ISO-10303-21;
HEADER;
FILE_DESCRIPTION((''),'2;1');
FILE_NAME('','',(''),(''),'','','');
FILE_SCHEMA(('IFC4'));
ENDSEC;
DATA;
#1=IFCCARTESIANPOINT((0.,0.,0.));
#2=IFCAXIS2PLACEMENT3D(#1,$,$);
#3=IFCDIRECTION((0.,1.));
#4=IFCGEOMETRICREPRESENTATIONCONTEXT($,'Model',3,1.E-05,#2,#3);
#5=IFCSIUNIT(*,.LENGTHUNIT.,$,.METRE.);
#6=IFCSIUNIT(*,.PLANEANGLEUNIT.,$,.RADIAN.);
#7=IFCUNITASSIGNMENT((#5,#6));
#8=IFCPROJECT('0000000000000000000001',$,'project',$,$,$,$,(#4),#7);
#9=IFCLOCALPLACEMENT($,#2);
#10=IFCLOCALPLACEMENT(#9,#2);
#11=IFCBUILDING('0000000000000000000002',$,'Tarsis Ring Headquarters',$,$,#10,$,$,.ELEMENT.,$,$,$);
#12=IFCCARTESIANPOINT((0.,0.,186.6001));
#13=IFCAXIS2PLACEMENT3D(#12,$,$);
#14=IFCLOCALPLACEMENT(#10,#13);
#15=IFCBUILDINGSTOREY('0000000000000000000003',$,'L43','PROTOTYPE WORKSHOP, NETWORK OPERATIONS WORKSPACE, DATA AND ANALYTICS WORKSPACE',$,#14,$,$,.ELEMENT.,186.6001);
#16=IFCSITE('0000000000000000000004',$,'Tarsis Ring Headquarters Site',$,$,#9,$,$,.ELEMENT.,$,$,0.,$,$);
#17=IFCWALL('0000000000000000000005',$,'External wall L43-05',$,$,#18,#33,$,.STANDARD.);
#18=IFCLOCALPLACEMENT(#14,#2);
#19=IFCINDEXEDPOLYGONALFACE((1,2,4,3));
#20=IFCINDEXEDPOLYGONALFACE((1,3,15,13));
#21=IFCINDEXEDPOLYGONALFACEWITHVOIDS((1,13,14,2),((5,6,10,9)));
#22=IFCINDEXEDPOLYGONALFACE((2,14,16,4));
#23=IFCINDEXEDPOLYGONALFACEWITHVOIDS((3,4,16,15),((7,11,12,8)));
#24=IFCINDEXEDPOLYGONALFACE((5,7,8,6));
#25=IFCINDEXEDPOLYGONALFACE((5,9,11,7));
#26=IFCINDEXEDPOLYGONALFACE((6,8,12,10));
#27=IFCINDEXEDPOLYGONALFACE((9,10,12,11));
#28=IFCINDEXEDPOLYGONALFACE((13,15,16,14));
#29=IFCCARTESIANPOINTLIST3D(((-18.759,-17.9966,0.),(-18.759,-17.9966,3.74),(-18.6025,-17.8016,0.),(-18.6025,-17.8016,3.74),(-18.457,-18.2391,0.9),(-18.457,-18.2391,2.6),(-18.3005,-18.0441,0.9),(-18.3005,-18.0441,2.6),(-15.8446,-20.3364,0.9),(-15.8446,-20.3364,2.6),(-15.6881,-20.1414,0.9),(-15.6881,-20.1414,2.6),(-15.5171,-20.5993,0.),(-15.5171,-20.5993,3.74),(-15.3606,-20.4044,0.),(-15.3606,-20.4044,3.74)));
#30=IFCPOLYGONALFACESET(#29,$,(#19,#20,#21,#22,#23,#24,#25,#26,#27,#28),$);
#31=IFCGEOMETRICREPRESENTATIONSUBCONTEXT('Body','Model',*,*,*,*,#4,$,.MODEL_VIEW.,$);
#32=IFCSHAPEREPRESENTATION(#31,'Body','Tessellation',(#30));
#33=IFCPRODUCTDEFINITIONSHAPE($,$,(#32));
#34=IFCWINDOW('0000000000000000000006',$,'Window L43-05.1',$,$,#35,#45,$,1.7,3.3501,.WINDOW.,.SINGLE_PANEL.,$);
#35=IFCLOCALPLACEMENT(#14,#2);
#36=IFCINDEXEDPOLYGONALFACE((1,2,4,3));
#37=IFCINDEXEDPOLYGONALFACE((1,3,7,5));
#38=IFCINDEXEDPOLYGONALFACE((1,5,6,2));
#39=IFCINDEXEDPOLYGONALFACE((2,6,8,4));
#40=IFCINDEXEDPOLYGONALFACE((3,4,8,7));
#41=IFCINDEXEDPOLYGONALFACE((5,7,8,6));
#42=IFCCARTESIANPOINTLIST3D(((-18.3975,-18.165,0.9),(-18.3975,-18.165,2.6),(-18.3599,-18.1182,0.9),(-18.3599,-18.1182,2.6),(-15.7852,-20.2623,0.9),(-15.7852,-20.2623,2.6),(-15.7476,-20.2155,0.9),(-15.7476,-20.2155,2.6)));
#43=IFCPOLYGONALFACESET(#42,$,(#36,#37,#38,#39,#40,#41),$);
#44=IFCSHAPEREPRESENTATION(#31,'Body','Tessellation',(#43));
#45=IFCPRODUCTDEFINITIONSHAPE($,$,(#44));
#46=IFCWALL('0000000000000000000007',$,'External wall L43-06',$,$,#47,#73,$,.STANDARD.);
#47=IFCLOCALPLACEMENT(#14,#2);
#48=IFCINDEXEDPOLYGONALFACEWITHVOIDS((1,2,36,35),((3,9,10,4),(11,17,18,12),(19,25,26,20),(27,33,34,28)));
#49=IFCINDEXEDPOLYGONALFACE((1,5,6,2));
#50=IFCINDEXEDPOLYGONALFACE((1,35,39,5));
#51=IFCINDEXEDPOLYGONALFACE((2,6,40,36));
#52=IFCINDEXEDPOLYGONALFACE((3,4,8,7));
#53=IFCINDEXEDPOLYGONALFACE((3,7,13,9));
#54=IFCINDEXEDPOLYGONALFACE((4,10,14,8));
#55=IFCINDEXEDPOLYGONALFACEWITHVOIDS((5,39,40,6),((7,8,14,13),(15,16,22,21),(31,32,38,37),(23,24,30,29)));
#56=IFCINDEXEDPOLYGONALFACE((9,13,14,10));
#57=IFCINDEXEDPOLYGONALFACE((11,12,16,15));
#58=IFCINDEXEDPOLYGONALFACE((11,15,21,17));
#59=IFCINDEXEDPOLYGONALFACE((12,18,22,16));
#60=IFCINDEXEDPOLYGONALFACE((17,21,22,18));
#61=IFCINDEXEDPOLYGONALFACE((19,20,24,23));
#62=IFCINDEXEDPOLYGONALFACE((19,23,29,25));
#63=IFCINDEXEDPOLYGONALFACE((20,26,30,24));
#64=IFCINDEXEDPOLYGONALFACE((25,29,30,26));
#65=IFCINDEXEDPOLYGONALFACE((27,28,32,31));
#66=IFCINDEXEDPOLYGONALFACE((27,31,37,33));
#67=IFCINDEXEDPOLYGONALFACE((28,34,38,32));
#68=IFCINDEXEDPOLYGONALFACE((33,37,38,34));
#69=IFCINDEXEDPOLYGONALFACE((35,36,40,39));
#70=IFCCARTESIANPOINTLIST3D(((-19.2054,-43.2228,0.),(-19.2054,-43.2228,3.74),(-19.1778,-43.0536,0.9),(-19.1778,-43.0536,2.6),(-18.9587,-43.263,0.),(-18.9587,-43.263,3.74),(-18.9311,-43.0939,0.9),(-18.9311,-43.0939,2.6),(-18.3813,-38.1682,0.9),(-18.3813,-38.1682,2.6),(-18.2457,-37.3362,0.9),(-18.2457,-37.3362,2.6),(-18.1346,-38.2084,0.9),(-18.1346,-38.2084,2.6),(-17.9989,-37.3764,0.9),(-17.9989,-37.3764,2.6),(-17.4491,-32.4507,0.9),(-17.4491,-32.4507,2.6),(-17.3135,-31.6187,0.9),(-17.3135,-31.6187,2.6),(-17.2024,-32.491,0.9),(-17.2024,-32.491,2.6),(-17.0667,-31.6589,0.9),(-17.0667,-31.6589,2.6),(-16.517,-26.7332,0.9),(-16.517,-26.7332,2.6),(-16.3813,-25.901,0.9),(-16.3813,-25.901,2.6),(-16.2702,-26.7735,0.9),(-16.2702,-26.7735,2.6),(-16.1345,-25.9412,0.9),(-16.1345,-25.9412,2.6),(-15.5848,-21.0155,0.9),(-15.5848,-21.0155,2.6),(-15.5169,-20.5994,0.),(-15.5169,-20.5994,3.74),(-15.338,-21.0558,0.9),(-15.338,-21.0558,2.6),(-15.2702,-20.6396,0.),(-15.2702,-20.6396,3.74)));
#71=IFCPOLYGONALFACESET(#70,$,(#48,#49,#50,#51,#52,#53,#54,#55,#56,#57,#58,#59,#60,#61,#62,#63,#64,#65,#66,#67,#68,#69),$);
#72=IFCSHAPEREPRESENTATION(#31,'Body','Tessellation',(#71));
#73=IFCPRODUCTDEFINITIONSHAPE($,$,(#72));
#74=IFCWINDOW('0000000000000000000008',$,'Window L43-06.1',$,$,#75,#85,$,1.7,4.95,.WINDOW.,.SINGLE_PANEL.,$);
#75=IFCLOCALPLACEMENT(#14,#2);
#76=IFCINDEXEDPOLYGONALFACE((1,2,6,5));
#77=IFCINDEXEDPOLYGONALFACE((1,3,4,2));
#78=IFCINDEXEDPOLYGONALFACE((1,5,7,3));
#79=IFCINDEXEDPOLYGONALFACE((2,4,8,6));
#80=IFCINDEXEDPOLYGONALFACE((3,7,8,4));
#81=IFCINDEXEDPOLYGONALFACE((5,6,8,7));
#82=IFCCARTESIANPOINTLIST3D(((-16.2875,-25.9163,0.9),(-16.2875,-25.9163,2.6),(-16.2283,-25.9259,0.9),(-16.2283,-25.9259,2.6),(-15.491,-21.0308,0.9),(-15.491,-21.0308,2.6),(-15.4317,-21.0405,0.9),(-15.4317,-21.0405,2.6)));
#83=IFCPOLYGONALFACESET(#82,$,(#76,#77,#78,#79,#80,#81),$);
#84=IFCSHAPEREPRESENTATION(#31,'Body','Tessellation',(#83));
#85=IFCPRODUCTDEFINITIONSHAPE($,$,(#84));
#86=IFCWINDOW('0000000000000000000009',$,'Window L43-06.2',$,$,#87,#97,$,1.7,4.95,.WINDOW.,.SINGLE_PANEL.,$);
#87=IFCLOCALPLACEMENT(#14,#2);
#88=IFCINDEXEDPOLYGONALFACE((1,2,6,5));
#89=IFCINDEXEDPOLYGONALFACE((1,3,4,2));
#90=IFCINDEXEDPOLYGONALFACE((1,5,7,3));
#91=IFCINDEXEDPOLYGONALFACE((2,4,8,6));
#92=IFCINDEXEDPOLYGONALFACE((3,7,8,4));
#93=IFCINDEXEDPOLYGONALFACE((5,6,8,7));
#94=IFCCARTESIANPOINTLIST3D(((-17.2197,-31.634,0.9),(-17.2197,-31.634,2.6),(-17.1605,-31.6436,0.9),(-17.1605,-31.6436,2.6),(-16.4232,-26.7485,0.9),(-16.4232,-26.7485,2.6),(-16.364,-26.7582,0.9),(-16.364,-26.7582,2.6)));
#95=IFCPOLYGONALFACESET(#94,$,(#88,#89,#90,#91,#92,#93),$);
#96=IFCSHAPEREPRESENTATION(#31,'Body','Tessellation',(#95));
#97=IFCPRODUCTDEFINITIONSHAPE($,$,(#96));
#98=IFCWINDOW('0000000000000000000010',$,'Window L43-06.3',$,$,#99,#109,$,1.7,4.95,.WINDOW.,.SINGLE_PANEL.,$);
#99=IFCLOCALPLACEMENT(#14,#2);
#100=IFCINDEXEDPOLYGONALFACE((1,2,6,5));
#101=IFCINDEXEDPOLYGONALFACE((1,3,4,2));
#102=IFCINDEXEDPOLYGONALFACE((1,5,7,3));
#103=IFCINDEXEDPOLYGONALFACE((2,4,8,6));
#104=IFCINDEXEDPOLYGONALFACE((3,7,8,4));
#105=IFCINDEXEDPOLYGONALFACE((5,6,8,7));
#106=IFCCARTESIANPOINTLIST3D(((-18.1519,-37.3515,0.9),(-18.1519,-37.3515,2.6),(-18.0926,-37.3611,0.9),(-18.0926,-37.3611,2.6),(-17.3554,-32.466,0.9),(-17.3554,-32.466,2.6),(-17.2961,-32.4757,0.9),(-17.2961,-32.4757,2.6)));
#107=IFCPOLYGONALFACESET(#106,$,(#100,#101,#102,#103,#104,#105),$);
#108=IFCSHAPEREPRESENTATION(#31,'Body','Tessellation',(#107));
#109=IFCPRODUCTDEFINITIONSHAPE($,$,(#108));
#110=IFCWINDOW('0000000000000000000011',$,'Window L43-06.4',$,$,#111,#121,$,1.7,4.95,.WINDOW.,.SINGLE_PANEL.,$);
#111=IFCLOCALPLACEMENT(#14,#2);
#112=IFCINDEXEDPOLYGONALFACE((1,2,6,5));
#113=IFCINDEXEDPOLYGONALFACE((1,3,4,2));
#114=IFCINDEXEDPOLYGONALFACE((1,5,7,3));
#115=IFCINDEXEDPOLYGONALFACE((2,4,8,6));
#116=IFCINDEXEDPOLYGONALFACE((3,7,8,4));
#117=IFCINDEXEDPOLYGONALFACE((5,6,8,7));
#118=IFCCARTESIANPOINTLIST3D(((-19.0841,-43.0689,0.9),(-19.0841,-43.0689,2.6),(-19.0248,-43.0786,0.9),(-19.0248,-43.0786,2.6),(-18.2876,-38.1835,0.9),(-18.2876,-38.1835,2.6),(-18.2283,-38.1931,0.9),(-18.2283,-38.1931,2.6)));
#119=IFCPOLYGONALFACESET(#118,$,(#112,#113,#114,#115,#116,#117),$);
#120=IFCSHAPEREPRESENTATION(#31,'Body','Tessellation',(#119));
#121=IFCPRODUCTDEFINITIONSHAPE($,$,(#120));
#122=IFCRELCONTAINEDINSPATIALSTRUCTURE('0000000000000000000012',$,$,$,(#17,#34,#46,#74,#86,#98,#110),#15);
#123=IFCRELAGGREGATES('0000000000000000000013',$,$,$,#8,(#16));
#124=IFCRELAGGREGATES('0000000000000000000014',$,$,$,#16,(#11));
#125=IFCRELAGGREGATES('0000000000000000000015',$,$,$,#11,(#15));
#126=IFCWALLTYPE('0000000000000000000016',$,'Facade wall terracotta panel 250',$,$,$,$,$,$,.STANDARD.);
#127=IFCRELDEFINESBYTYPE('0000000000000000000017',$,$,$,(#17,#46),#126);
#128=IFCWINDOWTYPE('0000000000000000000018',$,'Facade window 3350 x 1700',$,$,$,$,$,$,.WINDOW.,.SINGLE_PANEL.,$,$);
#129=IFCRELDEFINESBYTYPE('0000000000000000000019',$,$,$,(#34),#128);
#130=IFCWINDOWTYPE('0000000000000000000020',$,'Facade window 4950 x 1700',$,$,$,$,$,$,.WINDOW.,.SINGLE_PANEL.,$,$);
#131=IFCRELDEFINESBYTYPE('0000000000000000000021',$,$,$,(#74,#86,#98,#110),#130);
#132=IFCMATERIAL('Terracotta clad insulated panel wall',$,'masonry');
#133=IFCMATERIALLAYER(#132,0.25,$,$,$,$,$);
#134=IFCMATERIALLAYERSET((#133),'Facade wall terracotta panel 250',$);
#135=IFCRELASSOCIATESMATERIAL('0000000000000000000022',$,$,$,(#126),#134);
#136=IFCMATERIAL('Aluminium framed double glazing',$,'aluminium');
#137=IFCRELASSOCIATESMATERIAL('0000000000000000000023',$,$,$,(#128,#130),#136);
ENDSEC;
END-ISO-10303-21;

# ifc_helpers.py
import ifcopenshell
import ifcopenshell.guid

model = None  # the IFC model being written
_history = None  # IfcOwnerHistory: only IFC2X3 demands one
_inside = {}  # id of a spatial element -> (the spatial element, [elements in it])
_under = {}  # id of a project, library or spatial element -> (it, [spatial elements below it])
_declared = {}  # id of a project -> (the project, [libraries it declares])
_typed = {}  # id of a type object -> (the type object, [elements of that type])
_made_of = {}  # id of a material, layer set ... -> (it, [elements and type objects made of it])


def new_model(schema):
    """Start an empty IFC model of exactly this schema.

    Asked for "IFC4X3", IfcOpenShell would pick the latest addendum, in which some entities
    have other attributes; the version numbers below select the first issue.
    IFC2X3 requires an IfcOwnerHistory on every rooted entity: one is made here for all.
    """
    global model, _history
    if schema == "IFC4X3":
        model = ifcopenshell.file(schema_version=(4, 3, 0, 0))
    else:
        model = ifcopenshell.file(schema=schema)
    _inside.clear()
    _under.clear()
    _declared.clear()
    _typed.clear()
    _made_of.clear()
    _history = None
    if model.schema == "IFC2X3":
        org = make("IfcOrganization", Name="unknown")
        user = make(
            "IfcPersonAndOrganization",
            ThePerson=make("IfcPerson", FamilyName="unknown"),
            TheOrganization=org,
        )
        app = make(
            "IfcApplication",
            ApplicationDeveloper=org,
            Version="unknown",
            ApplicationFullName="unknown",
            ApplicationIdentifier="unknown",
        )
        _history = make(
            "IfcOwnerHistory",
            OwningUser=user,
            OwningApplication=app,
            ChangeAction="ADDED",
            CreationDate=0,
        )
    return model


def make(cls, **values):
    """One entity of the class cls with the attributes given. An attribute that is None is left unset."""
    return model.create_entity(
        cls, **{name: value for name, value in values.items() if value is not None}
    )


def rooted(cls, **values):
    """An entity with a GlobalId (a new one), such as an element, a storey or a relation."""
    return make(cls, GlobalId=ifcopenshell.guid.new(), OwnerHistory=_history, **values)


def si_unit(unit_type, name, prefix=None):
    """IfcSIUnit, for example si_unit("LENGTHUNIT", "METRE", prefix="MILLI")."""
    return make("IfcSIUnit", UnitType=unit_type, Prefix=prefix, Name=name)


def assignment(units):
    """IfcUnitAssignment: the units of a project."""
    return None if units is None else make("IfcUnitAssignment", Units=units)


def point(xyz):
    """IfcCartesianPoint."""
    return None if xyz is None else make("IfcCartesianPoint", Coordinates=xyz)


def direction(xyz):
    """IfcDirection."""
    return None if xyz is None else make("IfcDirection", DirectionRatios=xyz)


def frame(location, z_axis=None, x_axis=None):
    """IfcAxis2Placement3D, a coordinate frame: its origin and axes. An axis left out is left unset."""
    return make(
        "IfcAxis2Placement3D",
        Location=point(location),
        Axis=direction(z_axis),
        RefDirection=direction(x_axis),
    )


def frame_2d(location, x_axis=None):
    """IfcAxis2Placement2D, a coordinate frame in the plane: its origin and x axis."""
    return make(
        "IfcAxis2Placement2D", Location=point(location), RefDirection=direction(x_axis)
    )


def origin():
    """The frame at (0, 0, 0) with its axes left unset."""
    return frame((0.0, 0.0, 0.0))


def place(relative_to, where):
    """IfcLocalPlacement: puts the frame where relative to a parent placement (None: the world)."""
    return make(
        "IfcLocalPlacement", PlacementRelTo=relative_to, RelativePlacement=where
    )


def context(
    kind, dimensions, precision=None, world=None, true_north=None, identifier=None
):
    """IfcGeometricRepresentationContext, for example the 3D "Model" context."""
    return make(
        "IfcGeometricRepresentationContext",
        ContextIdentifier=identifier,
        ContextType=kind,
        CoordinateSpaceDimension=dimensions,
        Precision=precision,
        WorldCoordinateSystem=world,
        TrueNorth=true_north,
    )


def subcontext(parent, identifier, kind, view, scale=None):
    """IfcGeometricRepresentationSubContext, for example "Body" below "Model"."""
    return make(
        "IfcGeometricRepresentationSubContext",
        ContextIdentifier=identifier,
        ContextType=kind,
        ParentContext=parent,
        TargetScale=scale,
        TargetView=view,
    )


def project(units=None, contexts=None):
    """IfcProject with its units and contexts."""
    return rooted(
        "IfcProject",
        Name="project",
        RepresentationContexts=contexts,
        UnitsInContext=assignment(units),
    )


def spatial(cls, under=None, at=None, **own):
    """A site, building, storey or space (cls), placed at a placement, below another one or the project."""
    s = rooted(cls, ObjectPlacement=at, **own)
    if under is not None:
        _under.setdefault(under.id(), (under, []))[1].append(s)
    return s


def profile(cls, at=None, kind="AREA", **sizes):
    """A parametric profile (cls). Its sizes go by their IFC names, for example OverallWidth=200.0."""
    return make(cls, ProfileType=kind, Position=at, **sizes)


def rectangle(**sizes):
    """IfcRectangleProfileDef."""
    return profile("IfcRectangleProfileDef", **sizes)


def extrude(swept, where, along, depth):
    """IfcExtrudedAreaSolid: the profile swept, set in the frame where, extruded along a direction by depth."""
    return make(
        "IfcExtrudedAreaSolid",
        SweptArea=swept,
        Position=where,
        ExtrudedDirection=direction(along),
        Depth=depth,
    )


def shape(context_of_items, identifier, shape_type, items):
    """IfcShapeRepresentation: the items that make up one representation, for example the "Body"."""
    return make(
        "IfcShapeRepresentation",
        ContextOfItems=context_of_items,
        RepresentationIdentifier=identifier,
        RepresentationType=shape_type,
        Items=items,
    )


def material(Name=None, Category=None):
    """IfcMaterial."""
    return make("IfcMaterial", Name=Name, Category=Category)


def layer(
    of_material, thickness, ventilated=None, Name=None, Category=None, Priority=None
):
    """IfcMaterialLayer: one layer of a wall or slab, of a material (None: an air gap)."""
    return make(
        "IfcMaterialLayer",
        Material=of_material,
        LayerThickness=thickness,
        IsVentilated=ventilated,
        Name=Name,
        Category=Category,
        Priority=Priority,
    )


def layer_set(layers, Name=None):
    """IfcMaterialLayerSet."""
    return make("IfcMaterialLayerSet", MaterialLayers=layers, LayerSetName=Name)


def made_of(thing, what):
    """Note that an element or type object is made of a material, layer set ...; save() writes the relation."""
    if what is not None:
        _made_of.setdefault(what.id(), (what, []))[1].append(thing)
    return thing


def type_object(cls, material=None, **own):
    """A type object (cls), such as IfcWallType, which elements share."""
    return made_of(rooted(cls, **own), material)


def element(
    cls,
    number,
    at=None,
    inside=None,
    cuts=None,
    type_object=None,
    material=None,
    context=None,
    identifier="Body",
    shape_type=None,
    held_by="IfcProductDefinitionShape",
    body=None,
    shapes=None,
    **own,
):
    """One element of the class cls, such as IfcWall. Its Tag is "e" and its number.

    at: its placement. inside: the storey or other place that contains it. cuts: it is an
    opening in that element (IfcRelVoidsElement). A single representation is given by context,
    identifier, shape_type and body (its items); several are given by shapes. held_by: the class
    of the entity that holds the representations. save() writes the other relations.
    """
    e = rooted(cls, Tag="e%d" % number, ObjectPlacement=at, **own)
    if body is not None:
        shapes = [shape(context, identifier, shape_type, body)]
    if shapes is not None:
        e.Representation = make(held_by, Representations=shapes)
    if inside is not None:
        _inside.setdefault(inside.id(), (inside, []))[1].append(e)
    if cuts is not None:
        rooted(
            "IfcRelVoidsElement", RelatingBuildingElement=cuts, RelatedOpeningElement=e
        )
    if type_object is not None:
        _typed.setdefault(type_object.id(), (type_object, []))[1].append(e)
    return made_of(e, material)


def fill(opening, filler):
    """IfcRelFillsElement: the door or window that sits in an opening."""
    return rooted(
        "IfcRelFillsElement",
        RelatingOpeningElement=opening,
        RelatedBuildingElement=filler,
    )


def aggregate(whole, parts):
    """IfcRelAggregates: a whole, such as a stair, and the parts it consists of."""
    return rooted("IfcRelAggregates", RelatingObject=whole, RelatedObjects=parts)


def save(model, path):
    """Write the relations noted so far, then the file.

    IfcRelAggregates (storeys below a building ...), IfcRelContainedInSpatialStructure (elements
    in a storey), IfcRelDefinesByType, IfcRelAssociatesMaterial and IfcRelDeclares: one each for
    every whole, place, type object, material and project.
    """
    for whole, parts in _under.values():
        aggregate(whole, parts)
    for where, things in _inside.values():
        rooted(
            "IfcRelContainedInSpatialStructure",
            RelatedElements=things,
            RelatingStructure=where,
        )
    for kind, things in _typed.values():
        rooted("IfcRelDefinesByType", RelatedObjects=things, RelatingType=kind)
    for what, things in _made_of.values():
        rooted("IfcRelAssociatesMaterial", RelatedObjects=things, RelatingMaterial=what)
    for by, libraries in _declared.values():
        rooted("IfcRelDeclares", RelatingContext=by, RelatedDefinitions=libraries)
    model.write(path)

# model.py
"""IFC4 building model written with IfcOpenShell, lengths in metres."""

from ifc_helpers import new_model, si_unit, direction, frame, frame_2d, origin, place, context, subcontext, project, spatial, rectangle, extrude, material, layer, layer_set, type_object, element, fill, save


model = new_model("IFC4")

# Units and contexts
model_context = context("Model", 3, precision=1e-05, world=origin(), true_north=direction((0.0, 1.0)))
body_context = subcontext(model_context, "Body", "Model", "MODEL_VIEW")
ifc_project = project(units=[si_unit("LENGTHUNIT", "METRE"), si_unit("PLANEANGLEUNIT", "RADIAN")], contexts=[model_context])

# Site, building, storey
site_placement = place(None, origin())
site = spatial("IfcSite", under=ifc_project, at=site_placement, Name="Tarsis Ring Headquarters Site", CompositionType="ELEMENT", RefElevation=0.0)
building_placement = place(site_placement, origin())
building = spatial("IfcBuilding", under=site, at=building_placement, Name="Tarsis Ring Headquarters", CompositionType="ELEMENT")
storey_placement = place(building_placement, frame((0.0, 0.0, 186.6001)))
storey = spatial("IfcBuildingStorey", under=building, at=storey_placement, Name="L43", Description="PROTOTYPE WORKSHOP, NETWORK OPERATIONS WORKSPACE, DATA AND ANALYTICS WORKSPACE", CompositionType="ELEMENT", Elevation=186.6001)

# Wall, opening, window
ifc_material_1 = material(Name="Terracotta clad insulated panel wall", Category="masonry")
ifc_layer_1 = layer(ifc_material_1, 0.25)
ifc_layer_set_1 = layer_set([ifc_layer_1], Name="Facade wall terracotta panel 250")
wall_type_1 = type_object("IfcWallType", Name="Facade wall terracotta panel 250", PredefinedType="STANDARD", material=ifc_layer_set_1)
wall_1_placement = place(storey_placement, frame((-18.6807, -17.8992, 0.0), z_axis=(0.0, 0.0, 1.0), x_axis=(0.779785, -0.626048, 0.0)))
wall_1 = element("IfcWall", 1, at=wall_1_placement, inside=storey, type_object=wall_type_1, Name="External wall L43-05", PredefinedType="STANDARD", context=body_context, shape_type="SweptSolid", body=[
    extrude(rectangle(XDim=4.1575, YDim=0.25, at=frame_2d((2.0786, 0.0))), origin(), (0.0, 0.0, 1.0), 3.74),
])
opening_1_placement = place(wall_1_placement, frame((0.3872, 0.0, 0.8999)))
opening_1 = element("IfcOpeningElement", 2, at=opening_1_placement, cuts=wall_1, PredefinedType="OPENING", context=body_context, shape_type="SweptSolid", body=[
    extrude(rectangle(XDim=3.3501, YDim=1.7, at=frame_2d((1.675, 0.8501))), frame((0.0, 0.135, 0.0), z_axis=(0.0, -1.0, 0.0), x_axis=(1.0, 0.0, 0.0)), (0.0, 0.0, 1.0), 0.27),
])
ifc_material_2 = material(Name="Aluminium framed double glazing", Category="aluminium")
window_type_1 = type_object("IfcWindowType", Name="Facade window 3350 x 1700", PartitioningType="SINGLE_PANEL", PredefinedType="WINDOW", material=ifc_material_2)
window_1_placement = place(opening_1_placement, origin())
window_1 = element("IfcWindow", 3, at=window_1_placement, inside=storey, type_object=window_type_1, Name="Window L43-05.1", OverallHeight=1.7, OverallWidth=3.3501, PartitioningType="SINGLE_PANEL", PredefinedType="WINDOW", context=body_context, shape_type="SweptSolid", body=[
    extrude(rectangle(XDim=3.3501, YDim=1.7, at=frame_2d((1.675, 0.8501))), frame((0.0, 0.03, 0.0), z_axis=(0.0, -1.0, 0.0), x_axis=(1.0, 0.0, 0.0)), (0.0, 0.0, 1.0), 0.0601),
])
fill(opening_1, window_1)

# Wall, openings, windows
wall_2_placement = place(storey_placement, frame((-15.3936, -20.6196, 0.0), z_axis=(0.0, 0.0, 1.0), x_axis=(-0.160914, -0.986968, 0.0)))
wall_2 = element("IfcWall", 4, at=wall_2_placement, inside=storey, type_object=wall_type_1, Name="External wall L43-06", PredefinedType="STANDARD", context=body_context, shape_type="SweptSolid", body=[
    extrude(rectangle(XDim=22.9221, YDim=0.25, at=frame_2d((11.4609, 0.0))), origin(), (0.0, 0.0, 1.0), 3.74),
])
opening_2_placement = place(wall_2_placement, frame((0.4214, 0.0, 0.8999)))
opening_2 = element("IfcOpeningElement", 5, at=opening_2_placement, cuts=wall_2, PredefinedType="OPENING", context=body_context, shape_type="SweptSolid", body=[
    extrude(rectangle(XDim=4.95, YDim=1.7, at=frame_2d((2.4751, 0.8501))), frame((0.0, 0.135, 0.0), z_axis=(0.0, -1.0, 0.0), x_axis=(1.0, 0.0, 0.0)), (0.0, 0.0, 1.0), 0.27),
])
opening_3_placement = place(wall_2_placement, frame((6.2146, 0.0, 0.8999)))
opening_3 = element("IfcOpeningElement", 6, at=opening_3_placement, cuts=wall_2, PredefinedType="OPENING", context=body_context, shape_type="SweptSolid", body=[
    extrude(rectangle(XDim=4.95, YDim=1.7, at=frame_2d((2.4751, 0.8501))), frame((0.0, 0.135, 0.0), z_axis=(0.0, -1.0, 0.0), x_axis=(1.0, 0.0, 0.0)), (0.0, 0.0, 1.0), 0.27),
])
opening_4_placement = place(wall_2_placement, frame((12.0076, 0.0, 0.8999)))
opening_4 = element("IfcOpeningElement", 7, at=opening_4_placement, cuts=wall_2, PredefinedType="OPENING", context=body_context, shape_type="SweptSolid", body=[
    extrude(rectangle(XDim=4.95, YDim=1.7, at=frame_2d((2.4751, 0.8501))), frame((0.0, 0.135, 0.0), z_axis=(0.0, -1.0, 0.0), x_axis=(1.0, 0.0, 0.0)), (0.0, 0.0, 1.0), 0.27),
])
opening_5_placement = place(wall_2_placement, frame((17.8005, 0.0, 0.8999)))
opening_5 = element("IfcOpeningElement", 8, at=opening_5_placement, cuts=wall_2, PredefinedType="OPENING", context=body_context, shape_type="SweptSolid", body=[
    extrude(rectangle(XDim=4.95, YDim=1.7, at=frame_2d((2.4751, 0.8501))), frame((0.0, 0.135, 0.0), z_axis=(0.0, -1.0, 0.0), x_axis=(1.0, 0.0, 0.0)), (0.0, 0.0, 1.0), 0.27),
])
window_type_2 = type_object("IfcWindowType", Name="Facade window 4950 x 1700", PartitioningType="SINGLE_PANEL", PredefinedType="WINDOW", material=ifc_material_2)
window_2_placement = place(opening_2_placement, origin())
window_2 = element("IfcWindow", 9, at=window_2_placement, inside=storey, type_object=window_type_2, Name="Window L43-06.1", OverallHeight=1.7, OverallWidth=4.95, PartitioningType="SINGLE_PANEL", PredefinedType="WINDOW", context=body_context, shape_type="SweptSolid", body=[
    extrude(rectangle(XDim=4.95, YDim=1.7, at=frame_2d((2.4751, 0.8501))), frame((0.0, 0.03, 0.0), z_axis=(0.0, -1.0, 0.0), x_axis=(1.0, 0.0, 0.0)), (0.0, 0.0, 1.0), 0.0601),
])
fill(opening_2, window_2)
window_3_placement = place(opening_3_placement, origin())
window_3 = element("IfcWindow", 10, at=window_3_placement, inside=storey, type_object=window_type_2, Name="Window L43-06.2", OverallHeight=1.7, OverallWidth=4.95, PartitioningType="SINGLE_PANEL", PredefinedType="WINDOW", context=body_context, shape_type="SweptSolid", body=[
    extrude(rectangle(XDim=4.95, YDim=1.7, at=frame_2d((2.4751, 0.8501))), frame((0.0, 0.03, 0.0), z_axis=(0.0, -1.0, 0.0), x_axis=(1.0, 0.0, 0.0)), (0.0, 0.0, 1.0), 0.0601),
])
fill(opening_3, window_3)
window_4_placement = place(opening_4_placement, origin())
window_4 = element("IfcWindow", 11, at=window_4_placement, inside=storey, type_object=window_type_2, Name="Window L43-06.3", OverallHeight=1.7, OverallWidth=4.95, PartitioningType="SINGLE_PANEL", PredefinedType="WINDOW", context=body_context, shape_type="SweptSolid", body=[
    extrude(rectangle(XDim=4.95, YDim=1.7, at=frame_2d((2.4751, 0.8501))), frame((0.0, 0.03, 0.0), z_axis=(0.0, -1.0, 0.0), x_axis=(1.0, 0.0, 0.0)), (0.0, 0.0, 1.0), 0.0601),
])
fill(opening_4, window_4)
window_5_placement = place(opening_5_placement, origin())
window_5 = element("IfcWindow", 12, at=window_5_placement, inside=storey, type_object=window_type_2, Name="Window L43-06.4", OverallHeight=1.7, OverallWidth=4.95, PartitioningType="SINGLE_PANEL", PredefinedType="WINDOW", context=body_context, shape_type="SweptSolid", body=[
    extrude(rectangle(XDim=4.95, YDim=1.7, at=frame_2d((2.4751, 0.8501))), frame((0.0, 0.03, 0.0), z_axis=(0.0, -1.0, 0.0), x_axis=(1.0, 0.0, 0.0)), (0.0, 0.0, 1.0), 0.0601),
])
fill(opening_5, window_5)

save(model, "model.ifc")
